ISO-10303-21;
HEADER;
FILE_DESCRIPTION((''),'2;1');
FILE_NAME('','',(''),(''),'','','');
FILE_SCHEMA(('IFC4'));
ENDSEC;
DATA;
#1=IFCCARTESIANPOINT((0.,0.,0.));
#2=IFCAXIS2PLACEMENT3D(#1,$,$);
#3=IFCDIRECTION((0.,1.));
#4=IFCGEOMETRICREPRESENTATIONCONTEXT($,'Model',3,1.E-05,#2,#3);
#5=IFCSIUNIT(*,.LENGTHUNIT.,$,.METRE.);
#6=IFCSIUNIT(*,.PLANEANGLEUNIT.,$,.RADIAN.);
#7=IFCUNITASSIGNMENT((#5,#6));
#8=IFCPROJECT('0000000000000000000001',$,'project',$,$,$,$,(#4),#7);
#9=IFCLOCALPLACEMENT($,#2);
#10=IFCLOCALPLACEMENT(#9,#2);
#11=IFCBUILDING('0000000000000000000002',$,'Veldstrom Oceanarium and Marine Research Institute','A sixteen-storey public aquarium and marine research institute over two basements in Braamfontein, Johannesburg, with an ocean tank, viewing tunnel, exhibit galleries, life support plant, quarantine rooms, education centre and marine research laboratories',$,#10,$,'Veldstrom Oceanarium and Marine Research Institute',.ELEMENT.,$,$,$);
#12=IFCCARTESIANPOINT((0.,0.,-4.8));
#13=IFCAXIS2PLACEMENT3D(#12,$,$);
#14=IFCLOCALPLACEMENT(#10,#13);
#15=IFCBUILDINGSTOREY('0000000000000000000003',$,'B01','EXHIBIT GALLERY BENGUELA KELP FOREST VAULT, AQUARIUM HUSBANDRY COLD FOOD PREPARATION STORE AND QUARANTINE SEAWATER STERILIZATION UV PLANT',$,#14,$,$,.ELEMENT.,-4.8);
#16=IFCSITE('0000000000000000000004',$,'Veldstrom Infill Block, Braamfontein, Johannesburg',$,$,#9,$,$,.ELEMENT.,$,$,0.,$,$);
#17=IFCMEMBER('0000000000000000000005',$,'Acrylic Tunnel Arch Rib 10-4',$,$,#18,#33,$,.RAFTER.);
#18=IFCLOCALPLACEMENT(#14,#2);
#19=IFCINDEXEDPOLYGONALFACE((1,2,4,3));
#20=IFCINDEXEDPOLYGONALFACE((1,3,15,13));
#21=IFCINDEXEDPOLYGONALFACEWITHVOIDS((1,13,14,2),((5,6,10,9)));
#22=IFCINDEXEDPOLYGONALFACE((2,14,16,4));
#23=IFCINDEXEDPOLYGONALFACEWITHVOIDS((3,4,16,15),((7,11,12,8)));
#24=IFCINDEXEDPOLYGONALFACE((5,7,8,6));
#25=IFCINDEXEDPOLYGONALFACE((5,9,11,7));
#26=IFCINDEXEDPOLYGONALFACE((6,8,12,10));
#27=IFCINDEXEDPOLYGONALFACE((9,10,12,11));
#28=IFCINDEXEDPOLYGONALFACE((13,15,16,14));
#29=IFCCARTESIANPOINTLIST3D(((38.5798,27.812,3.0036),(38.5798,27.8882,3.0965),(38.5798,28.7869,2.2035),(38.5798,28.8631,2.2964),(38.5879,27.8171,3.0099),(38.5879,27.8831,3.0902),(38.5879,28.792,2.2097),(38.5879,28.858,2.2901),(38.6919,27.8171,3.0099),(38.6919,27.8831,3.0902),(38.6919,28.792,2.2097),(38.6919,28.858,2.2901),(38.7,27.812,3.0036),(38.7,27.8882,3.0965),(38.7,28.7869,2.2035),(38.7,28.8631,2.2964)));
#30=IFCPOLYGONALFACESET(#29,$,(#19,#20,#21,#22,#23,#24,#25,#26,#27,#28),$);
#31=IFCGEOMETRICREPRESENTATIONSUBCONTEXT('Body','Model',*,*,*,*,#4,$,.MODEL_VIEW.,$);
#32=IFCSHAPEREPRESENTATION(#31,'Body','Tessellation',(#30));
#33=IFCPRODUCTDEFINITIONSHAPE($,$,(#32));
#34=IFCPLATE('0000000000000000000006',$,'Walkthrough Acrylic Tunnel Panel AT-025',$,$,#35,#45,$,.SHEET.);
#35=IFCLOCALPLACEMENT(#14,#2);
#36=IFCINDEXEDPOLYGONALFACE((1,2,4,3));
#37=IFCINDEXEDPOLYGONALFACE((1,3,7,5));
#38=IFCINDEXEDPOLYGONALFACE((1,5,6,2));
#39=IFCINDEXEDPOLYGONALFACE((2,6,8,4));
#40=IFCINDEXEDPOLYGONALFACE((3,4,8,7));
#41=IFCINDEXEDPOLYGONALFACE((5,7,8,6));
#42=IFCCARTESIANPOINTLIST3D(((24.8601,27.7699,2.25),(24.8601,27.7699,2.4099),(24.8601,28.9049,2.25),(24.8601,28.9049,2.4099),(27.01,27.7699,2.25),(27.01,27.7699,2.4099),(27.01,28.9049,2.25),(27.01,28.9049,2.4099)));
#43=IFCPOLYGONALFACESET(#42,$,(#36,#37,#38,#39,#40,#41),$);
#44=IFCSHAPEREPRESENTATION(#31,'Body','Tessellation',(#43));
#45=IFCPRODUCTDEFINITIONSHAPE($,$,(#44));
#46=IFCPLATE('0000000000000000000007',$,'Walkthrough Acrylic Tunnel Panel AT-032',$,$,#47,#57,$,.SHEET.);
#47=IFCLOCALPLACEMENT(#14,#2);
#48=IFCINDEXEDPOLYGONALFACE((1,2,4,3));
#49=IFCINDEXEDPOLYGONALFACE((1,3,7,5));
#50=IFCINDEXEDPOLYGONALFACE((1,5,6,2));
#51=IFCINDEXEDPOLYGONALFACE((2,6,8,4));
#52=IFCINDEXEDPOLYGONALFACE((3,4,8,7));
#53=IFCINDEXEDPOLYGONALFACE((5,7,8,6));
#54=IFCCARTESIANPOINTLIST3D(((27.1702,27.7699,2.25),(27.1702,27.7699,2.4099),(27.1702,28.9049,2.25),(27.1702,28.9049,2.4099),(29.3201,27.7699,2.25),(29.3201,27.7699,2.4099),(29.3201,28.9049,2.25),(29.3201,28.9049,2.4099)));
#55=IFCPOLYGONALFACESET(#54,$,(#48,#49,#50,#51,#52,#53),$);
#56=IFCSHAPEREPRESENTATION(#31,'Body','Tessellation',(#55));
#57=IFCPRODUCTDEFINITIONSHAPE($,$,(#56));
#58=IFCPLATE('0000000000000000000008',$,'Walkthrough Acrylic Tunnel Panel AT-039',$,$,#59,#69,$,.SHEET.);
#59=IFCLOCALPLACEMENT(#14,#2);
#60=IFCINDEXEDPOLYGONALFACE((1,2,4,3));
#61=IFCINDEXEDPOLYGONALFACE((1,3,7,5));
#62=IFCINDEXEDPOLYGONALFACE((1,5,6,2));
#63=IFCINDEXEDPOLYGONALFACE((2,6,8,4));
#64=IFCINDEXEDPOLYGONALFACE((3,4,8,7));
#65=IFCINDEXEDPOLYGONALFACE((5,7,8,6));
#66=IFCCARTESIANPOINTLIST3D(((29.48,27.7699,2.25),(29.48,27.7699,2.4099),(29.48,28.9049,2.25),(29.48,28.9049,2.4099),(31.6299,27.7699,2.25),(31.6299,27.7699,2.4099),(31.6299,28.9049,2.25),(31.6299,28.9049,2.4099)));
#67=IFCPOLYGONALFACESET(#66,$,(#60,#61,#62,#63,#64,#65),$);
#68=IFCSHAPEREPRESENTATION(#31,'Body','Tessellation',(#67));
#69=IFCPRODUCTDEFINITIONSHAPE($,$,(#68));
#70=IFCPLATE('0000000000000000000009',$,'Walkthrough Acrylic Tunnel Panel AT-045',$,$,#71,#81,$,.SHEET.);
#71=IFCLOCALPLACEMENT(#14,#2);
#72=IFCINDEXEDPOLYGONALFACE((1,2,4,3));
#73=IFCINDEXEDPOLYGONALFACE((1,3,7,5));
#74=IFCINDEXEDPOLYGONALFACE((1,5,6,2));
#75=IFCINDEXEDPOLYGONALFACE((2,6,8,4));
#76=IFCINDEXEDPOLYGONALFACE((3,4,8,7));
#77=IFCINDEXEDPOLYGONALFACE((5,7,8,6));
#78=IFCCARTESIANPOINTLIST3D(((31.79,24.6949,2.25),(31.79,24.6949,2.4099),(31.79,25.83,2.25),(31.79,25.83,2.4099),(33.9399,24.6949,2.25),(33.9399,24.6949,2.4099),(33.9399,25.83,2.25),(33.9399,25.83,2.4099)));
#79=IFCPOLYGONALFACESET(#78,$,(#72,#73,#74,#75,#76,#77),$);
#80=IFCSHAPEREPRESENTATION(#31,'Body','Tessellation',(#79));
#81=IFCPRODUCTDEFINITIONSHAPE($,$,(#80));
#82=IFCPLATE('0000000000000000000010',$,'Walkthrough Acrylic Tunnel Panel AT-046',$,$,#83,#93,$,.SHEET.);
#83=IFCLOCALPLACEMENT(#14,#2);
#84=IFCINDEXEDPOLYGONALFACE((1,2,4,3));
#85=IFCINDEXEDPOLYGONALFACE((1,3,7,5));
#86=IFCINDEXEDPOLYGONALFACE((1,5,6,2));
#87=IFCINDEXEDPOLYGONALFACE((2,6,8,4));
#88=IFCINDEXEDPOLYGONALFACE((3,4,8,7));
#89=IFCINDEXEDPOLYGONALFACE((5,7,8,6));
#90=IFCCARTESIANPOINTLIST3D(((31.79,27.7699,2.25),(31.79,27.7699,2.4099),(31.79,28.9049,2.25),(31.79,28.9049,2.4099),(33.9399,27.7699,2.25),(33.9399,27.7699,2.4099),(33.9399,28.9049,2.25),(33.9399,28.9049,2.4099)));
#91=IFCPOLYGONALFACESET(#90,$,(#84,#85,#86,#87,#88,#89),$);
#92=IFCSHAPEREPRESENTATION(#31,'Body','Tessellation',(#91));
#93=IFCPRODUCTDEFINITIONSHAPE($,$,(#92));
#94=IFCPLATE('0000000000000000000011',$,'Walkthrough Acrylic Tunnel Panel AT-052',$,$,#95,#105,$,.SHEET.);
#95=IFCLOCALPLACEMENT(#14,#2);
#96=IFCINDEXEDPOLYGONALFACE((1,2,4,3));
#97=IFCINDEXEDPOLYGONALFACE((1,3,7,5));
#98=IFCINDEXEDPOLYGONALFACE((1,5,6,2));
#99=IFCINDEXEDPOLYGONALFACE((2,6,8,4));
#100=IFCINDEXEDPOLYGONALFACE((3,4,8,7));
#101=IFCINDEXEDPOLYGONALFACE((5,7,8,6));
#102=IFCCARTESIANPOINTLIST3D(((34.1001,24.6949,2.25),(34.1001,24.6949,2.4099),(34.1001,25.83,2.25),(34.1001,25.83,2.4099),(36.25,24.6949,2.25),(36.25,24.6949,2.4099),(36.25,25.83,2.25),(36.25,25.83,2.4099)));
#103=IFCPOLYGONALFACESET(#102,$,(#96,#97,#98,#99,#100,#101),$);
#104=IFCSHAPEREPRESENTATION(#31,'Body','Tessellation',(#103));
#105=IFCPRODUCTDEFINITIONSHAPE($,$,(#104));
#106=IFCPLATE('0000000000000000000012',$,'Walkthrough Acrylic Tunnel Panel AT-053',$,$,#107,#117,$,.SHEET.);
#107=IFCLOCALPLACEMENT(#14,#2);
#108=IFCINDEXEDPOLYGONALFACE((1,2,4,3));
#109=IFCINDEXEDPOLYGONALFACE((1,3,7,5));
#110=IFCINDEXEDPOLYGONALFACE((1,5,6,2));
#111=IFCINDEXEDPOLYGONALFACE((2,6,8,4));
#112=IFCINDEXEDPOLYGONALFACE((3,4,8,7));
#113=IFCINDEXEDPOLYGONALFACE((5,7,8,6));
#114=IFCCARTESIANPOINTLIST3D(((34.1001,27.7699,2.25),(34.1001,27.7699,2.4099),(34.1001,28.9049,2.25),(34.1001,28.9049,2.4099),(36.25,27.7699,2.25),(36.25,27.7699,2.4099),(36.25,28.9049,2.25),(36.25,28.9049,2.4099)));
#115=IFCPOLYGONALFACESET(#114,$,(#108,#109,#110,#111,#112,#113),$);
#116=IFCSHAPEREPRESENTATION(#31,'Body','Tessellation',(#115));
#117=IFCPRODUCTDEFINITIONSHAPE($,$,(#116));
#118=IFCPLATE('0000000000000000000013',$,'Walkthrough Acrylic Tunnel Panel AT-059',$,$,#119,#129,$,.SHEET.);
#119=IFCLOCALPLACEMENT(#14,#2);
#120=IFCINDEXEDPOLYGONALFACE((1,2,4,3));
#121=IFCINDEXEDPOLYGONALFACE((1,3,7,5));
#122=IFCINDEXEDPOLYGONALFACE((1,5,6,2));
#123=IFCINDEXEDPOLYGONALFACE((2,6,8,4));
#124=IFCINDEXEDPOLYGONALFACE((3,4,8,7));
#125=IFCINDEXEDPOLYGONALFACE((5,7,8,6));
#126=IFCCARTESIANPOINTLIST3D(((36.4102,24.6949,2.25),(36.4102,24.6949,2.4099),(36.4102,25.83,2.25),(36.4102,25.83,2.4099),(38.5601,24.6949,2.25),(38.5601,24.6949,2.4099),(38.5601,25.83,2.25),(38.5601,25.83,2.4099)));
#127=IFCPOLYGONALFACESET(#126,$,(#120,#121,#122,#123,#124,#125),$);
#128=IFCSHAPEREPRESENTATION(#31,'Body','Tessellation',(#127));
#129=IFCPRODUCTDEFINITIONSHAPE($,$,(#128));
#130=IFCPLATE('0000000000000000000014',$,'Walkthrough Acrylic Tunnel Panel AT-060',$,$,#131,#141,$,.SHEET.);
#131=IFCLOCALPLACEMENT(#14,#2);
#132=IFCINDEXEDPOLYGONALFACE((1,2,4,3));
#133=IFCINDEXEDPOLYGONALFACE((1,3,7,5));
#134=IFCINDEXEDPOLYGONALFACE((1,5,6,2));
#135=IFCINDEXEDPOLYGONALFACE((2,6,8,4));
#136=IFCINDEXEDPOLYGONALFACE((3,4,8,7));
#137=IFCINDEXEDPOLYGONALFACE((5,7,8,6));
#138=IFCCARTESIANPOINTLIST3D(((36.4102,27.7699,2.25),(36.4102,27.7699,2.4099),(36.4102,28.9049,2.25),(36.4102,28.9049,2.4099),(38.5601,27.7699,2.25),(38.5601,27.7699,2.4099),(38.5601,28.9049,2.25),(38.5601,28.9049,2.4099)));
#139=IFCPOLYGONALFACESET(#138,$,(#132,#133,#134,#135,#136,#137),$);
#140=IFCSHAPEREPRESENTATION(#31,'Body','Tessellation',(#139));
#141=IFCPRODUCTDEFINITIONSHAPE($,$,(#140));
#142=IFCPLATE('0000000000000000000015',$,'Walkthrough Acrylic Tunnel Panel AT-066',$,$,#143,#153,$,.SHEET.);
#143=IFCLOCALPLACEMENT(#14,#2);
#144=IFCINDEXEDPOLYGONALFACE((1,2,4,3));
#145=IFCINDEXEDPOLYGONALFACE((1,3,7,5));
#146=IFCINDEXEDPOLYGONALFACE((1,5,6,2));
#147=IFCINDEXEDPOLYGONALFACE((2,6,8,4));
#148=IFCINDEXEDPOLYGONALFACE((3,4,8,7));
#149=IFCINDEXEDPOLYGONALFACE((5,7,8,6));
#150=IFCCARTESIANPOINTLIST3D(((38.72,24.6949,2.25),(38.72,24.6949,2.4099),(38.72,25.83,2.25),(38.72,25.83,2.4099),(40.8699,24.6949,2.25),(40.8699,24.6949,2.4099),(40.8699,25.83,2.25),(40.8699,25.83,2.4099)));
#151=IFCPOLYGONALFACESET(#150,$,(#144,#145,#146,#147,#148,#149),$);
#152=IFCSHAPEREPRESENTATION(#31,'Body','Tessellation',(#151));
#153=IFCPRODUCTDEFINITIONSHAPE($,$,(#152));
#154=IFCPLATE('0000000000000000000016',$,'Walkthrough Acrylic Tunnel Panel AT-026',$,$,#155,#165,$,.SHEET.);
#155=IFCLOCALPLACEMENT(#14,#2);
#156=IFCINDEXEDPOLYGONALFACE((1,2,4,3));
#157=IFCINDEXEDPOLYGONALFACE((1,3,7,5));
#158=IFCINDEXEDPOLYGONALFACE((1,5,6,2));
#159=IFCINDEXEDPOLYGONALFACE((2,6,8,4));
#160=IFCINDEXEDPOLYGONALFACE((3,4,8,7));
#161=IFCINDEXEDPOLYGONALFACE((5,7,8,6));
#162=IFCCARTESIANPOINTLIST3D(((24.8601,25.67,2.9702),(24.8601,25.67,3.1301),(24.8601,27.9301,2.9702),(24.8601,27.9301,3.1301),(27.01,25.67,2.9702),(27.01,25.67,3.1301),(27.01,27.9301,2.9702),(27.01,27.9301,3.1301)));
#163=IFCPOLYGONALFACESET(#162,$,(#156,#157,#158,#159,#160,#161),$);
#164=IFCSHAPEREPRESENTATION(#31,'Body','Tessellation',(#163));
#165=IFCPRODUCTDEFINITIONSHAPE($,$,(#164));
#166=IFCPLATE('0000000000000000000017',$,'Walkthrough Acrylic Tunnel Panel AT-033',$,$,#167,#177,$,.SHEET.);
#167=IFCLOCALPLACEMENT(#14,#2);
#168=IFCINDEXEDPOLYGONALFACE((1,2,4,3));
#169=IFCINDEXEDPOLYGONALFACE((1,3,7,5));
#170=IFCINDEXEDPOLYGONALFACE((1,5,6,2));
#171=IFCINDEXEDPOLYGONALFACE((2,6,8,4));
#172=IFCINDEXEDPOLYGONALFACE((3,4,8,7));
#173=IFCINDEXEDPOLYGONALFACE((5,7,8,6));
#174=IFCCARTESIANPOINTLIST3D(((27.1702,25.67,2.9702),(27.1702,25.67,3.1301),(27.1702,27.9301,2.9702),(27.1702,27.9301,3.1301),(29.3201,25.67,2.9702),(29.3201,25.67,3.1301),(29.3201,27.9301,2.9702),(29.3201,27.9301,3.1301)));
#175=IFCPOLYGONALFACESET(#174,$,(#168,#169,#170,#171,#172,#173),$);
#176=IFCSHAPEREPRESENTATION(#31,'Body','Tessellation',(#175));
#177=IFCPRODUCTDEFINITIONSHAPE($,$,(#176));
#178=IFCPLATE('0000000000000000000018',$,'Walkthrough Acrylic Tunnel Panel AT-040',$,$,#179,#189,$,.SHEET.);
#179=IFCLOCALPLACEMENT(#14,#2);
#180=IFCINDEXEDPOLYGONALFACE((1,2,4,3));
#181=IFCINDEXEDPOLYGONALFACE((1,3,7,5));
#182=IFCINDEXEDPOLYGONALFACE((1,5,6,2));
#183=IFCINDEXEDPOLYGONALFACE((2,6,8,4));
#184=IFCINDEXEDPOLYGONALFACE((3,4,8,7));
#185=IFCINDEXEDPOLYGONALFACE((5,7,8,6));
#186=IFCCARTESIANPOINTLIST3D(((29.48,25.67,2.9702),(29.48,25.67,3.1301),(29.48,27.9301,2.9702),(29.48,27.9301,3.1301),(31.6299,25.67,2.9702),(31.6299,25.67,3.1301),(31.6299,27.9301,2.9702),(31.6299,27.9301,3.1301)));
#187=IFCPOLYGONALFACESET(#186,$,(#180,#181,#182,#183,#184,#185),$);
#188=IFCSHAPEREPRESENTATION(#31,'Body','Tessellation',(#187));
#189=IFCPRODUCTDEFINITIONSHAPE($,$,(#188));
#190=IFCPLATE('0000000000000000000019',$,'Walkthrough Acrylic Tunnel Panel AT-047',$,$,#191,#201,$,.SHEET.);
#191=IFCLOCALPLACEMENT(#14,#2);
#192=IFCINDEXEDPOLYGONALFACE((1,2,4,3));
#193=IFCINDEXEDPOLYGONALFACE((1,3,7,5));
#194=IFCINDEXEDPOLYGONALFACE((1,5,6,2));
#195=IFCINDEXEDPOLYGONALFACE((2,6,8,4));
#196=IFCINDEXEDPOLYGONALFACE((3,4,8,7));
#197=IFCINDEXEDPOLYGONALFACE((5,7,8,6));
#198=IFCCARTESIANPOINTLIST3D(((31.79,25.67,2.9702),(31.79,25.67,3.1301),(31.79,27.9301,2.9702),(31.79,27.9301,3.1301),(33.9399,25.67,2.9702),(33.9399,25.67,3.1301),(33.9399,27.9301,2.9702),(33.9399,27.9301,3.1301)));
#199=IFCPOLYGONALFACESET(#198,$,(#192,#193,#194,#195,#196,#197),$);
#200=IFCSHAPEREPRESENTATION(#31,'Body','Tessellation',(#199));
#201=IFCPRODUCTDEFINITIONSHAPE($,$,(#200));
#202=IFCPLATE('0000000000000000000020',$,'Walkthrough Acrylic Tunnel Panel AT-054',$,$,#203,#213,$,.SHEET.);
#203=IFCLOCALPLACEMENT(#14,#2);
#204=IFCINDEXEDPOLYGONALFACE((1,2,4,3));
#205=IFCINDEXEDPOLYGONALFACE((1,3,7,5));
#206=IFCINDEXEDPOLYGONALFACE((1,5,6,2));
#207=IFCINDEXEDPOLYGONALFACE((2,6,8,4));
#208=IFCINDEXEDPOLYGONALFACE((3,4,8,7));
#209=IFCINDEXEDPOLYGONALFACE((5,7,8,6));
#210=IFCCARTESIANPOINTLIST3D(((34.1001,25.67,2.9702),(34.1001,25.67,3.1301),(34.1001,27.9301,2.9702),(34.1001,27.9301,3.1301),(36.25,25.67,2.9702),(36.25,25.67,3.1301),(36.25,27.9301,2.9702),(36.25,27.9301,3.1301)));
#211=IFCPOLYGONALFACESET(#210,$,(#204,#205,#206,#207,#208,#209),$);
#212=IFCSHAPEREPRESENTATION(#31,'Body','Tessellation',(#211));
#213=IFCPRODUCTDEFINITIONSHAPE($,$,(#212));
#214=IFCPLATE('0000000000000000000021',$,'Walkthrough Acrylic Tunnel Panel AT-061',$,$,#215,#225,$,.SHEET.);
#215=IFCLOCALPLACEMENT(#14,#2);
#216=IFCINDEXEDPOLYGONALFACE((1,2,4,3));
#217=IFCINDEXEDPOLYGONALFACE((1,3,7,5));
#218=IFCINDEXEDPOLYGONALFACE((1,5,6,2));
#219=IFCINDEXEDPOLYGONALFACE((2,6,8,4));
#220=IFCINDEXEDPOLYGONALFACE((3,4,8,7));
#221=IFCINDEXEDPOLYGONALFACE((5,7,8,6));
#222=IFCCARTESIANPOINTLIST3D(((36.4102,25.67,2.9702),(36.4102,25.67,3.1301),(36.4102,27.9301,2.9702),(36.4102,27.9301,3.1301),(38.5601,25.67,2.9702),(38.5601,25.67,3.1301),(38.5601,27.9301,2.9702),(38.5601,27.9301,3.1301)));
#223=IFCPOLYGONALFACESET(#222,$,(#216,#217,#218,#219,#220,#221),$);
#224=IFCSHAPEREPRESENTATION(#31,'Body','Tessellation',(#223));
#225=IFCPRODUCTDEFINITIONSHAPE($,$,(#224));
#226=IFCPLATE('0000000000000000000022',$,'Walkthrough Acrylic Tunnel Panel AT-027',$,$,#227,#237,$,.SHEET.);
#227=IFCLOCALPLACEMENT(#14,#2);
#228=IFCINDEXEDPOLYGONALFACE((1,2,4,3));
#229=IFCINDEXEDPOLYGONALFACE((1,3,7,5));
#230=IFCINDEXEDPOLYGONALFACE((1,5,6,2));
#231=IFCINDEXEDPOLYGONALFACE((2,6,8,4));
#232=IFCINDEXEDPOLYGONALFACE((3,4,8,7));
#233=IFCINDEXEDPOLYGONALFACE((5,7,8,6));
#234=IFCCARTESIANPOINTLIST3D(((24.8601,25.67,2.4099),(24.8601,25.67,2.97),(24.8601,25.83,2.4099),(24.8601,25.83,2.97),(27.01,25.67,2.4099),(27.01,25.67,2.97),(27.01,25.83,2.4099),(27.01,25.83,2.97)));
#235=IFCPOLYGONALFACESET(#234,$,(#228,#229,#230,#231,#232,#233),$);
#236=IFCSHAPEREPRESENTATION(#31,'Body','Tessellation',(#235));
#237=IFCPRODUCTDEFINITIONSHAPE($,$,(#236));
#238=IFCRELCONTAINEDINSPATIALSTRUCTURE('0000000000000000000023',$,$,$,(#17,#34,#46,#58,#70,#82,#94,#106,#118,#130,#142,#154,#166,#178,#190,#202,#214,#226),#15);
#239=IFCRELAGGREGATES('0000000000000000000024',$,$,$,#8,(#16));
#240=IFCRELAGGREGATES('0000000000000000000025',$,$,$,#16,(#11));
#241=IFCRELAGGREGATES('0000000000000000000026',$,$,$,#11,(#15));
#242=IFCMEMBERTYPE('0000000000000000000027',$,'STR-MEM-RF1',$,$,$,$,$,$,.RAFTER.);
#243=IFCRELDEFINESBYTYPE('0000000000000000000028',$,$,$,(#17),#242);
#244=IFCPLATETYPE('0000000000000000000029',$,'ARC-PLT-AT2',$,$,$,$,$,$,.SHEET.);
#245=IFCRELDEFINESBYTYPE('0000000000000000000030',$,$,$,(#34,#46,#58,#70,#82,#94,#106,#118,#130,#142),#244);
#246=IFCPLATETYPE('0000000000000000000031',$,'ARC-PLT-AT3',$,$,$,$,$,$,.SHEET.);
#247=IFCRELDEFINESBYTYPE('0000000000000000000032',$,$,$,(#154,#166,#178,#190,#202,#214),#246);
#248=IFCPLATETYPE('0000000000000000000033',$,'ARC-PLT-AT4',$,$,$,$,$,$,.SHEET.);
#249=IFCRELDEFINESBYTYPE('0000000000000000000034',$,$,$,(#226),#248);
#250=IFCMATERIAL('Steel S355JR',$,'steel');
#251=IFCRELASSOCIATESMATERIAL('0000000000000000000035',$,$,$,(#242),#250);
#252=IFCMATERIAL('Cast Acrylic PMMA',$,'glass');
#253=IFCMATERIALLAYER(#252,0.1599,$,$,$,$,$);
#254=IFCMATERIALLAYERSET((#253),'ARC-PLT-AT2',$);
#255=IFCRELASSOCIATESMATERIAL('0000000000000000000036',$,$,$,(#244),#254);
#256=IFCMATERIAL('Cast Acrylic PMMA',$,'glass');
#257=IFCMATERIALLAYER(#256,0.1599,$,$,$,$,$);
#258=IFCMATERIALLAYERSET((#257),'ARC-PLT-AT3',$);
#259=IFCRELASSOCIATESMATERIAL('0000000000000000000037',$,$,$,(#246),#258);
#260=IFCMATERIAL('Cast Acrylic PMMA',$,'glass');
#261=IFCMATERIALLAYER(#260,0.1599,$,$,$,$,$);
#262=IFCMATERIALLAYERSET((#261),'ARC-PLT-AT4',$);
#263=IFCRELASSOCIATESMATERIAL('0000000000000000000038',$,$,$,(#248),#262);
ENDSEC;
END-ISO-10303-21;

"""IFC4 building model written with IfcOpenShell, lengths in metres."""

from ifc_helpers import new_model, si_unit, direction, frame, origin, origin_2d, place, context, subcontext, project, spatial, rectangle, hollow_rectangle, extrude, material, layer, layer_set, material_profile, profile_set, type_object, element, save


model = new_model("IFC4")

# Units and contexts
model_context = context("Model", 3, precision=1e-05, world=origin(), true_north=direction((0.0, 1.0)))
body_context = subcontext(model_context, "Body", "Model", "MODEL_VIEW")
ifc_project = project(units=[si_unit("LENGTHUNIT", "METRE"), si_unit("PLANEANGLEUNIT", "RADIAN")], contexts=[model_context])

# Site, building, storey
site_placement = place(None, origin())
site = spatial("IfcSite", under=ifc_project, at=site_placement, Name="Veldstrom Infill Block, Braamfontein, Johannesburg", CompositionType="ELEMENT", RefElevation=0.0)
building_placement = place(site_placement, origin())
building = spatial("IfcBuilding", under=site, at=building_placement, Name="Veldstrom Oceanarium and Marine Research Institute", Description="A sixteen-storey public aquarium and marine research institute over two basements in Braamfontein, Johannesburg, with an ocean tank, viewing tunnel, exhibit galleries, life support plant, quarantine rooms, education centre and marine research laboratories", LongName="Veldstrom Oceanarium and Marine Research Institute", CompositionType="ELEMENT")
storey_placement = place(building_placement, frame((0.0, 0.0, -4.8)))
storey = spatial("IfcBuildingStorey", under=building, at=storey_placement, Name="B01", Description="EXHIBIT GALLERY BENGUELA KELP FOREST VAULT, AQUARIUM HUSBANDRY COLD FOOD PREPARATION STORE AND QUARANTINE SEAWATER STERILIZATION UV PLANT", CompositionType="ELEMENT", Elevation=-4.8)

# Member
ifc_material_1 = material(Name="Steel S355JR", Category="steel")
ifc_material_profile = material_profile(ifc_material_1, hollow_rectangle(XDim=0.1201, YDim=0.1201, WallThickness=0.0081, at=origin_2d()), Name="SHS 120x120x8")
ifc_profile_set = profile_set([ifc_material_profile], Name="Steel S355JR")
member_type = type_object("IfcMemberType", Name="STR-MEM-RF1", PredefinedType="RAFTER", material=ifc_profile_set)
member_1_placement = place(storey_placement, frame((38.6399, 27.8501, 3.05), z_axis=(0.0, 0.773008, -0.634397), x_axis=(-1.0, 0.0, 0.0)))
element("IfcMember", 1, at=member_1_placement, inside=storey, type_object=member_type, Name="Acrylic Tunnel Arch Rib 10-4", PredefinedType="RAFTER", context=body_context, shape_type="SweptSolid", body=[
    extrude(hollow_rectangle(XDim=0.1201, YDim=0.1201, WallThickness=0.0081, at=origin_2d()), origin(), (0.0, 0.0, 1.0), 1.2612),
])

# Plates
ifc_material_2 = material(Name="Cast Acrylic PMMA", Category="glass")
ifc_layer_1 = layer(ifc_material_2, 0.1599)
ifc_layer_set_1 = layer_set([ifc_layer_1], Name="ARC-PLT-AT2")
plate_type_1 = type_object("IfcPlateType", Name="ARC-PLT-AT2", PredefinedType="SHEET", material=ifc_layer_set_1)
for number, where, z_axis, x_axis, name in (
    (2, (25.9351, 28.3374, 2.25), (0.0, 0.0, 1.0), (1.0, 0.0, 0.0), "Walkthrough Acrylic Tunnel Panel AT-025"),
    (3, (28.2451, 28.3374, 2.25), (0.0, 0.0, 1.0), (1.0, 0.0, 0.0), "Walkthrough Acrylic Tunnel Panel AT-032"),
    (4, (30.5549, 28.3374, 2.25), (0.0, 0.0, 1.0), (1.0, 0.0, 0.0), "Walkthrough Acrylic Tunnel Panel AT-039"),
    (5, (32.865, 25.2625, 2.25), (0.0, 0.0, 1.0), (1.0, 0.0, 0.0), "Walkthrough Acrylic Tunnel Panel AT-045"),
    (6, (32.865, 28.3374, 2.25), (0.0, 0.0, 1.0), (1.0, 0.0, 0.0), "Walkthrough Acrylic Tunnel Panel AT-046"),
    (7, (35.175, 25.2625, 2.25), (0.0, 0.0, 1.0), (1.0, 0.0, 0.0), "Walkthrough Acrylic Tunnel Panel AT-052"),
    (8, (35.175, 28.3374, 2.25), (0.0, 0.0, 1.0), (1.0, 0.0, 0.0), "Walkthrough Acrylic Tunnel Panel AT-053"),
    (9, (37.4851, 25.2625, 2.25), (0.0, 0.0, 1.0), (1.0, 0.0, 0.0), "Walkthrough Acrylic Tunnel Panel AT-059"),
    (10, (37.4851, 28.3374, 2.25), (0.0, 0.0, 1.0), (1.0, 0.0, 0.0), "Walkthrough Acrylic Tunnel Panel AT-060"),
    (11, (39.7949, 25.2625, 2.25), (0.0, 0.0, 1.0), (1.0, 0.0, 0.0), "Walkthrough Acrylic Tunnel Panel AT-066"),
):
    element("IfcPlate", number, at=place(storey_placement, frame(where, z_axis=z_axis, x_axis=x_axis)), inside=storey, type_object=plate_type_1, Name=name, PredefinedType="SHEET", context=body_context, shape_type="SweptSolid", body=[
        extrude(rectangle(XDim=2.1499, YDim=1.135, at=origin_2d()), origin(), (0.0, 0.0, 1.0), 0.1599),
    ])
ifc_material_3 = material(Name="Cast Acrylic PMMA", Category="glass")
ifc_layer_2 = layer(ifc_material_3, 0.1599)
ifc_layer_set_2 = layer_set([ifc_layer_2], Name="ARC-PLT-AT3")
plate_type_2 = type_object("IfcPlateType", Name="ARC-PLT-AT3", PredefinedType="SHEET", material=ifc_layer_set_2)
for number, where, z_axis, x_axis, name in (
    (12, (25.9351, 26.8, 2.9702), (0.0, 0.0, 1.0), (1.0, 0.0, 0.0), "Walkthrough Acrylic Tunnel Panel AT-026"),
    (13, (28.2451, 26.8, 2.9702), (0.0, 0.0, 1.0), (1.0, 0.0, 0.0), "Walkthrough Acrylic Tunnel Panel AT-033"),
    (14, (30.5549, 26.8, 2.9702), (0.0, 0.0, 1.0), (1.0, 0.0, 0.0), "Walkthrough Acrylic Tunnel Panel AT-040"),
    (15, (32.865, 26.8, 2.9702), (0.0, 0.0, 1.0), (1.0, 0.0, 0.0), "Walkthrough Acrylic Tunnel Panel AT-047"),
    (16, (35.175, 26.8, 2.9702), (0.0, 0.0, 1.0), (1.0, 0.0, 0.0), "Walkthrough Acrylic Tunnel Panel AT-054"),
    (17, (37.4851, 26.8, 2.9702), (0.0, 0.0, 1.0), (1.0, 0.0, 0.0), "Walkthrough Acrylic Tunnel Panel AT-061"),
):
    element("IfcPlate", number, at=place(storey_placement, frame(where, z_axis=z_axis, x_axis=x_axis)), inside=storey, type_object=plate_type_2, Name=name, PredefinedType="SHEET", context=body_context, shape_type="SweptSolid", body=[
        extrude(rectangle(XDim=2.1499, YDim=2.26, at=origin_2d()), origin(), (0.0, 0.0, 1.0), 0.1599),
    ])
ifc_material_4 = material(Name="Cast Acrylic PMMA", Category="glass")
ifc_layer_3 = layer(ifc_material_4, 0.1599)
ifc_layer_set_3 = layer_set([ifc_layer_3], Name="ARC-PLT-AT4")
plate_type_3 = type_object("IfcPlateType", Name="ARC-PLT-AT4", PredefinedType="SHEET", material=ifc_layer_set_3)
for number, where, z_axis, x_axis, name in (
    (18, (25.9351, 25.75, 2.4099), (0.0, 0.0, 1.0), (1.0, 0.0, 0.0), "Walkthrough Acrylic Tunnel Panel AT-027"),
):
    element("IfcPlate", number, at=place(storey_placement, frame(where, z_axis=z_axis, x_axis=x_axis)), inside=storey, type_object=plate_type_3, Name=name, PredefinedType="SHEET", context=body_context, shape_type="SweptSolid", body=[
        extrude(rectangle(XDim=2.1499, YDim=0.1599, at=origin_2d()), origin(), (0.0, 0.0, 1.0), 0.5601),
    ])

save(model, "model.ifc")
